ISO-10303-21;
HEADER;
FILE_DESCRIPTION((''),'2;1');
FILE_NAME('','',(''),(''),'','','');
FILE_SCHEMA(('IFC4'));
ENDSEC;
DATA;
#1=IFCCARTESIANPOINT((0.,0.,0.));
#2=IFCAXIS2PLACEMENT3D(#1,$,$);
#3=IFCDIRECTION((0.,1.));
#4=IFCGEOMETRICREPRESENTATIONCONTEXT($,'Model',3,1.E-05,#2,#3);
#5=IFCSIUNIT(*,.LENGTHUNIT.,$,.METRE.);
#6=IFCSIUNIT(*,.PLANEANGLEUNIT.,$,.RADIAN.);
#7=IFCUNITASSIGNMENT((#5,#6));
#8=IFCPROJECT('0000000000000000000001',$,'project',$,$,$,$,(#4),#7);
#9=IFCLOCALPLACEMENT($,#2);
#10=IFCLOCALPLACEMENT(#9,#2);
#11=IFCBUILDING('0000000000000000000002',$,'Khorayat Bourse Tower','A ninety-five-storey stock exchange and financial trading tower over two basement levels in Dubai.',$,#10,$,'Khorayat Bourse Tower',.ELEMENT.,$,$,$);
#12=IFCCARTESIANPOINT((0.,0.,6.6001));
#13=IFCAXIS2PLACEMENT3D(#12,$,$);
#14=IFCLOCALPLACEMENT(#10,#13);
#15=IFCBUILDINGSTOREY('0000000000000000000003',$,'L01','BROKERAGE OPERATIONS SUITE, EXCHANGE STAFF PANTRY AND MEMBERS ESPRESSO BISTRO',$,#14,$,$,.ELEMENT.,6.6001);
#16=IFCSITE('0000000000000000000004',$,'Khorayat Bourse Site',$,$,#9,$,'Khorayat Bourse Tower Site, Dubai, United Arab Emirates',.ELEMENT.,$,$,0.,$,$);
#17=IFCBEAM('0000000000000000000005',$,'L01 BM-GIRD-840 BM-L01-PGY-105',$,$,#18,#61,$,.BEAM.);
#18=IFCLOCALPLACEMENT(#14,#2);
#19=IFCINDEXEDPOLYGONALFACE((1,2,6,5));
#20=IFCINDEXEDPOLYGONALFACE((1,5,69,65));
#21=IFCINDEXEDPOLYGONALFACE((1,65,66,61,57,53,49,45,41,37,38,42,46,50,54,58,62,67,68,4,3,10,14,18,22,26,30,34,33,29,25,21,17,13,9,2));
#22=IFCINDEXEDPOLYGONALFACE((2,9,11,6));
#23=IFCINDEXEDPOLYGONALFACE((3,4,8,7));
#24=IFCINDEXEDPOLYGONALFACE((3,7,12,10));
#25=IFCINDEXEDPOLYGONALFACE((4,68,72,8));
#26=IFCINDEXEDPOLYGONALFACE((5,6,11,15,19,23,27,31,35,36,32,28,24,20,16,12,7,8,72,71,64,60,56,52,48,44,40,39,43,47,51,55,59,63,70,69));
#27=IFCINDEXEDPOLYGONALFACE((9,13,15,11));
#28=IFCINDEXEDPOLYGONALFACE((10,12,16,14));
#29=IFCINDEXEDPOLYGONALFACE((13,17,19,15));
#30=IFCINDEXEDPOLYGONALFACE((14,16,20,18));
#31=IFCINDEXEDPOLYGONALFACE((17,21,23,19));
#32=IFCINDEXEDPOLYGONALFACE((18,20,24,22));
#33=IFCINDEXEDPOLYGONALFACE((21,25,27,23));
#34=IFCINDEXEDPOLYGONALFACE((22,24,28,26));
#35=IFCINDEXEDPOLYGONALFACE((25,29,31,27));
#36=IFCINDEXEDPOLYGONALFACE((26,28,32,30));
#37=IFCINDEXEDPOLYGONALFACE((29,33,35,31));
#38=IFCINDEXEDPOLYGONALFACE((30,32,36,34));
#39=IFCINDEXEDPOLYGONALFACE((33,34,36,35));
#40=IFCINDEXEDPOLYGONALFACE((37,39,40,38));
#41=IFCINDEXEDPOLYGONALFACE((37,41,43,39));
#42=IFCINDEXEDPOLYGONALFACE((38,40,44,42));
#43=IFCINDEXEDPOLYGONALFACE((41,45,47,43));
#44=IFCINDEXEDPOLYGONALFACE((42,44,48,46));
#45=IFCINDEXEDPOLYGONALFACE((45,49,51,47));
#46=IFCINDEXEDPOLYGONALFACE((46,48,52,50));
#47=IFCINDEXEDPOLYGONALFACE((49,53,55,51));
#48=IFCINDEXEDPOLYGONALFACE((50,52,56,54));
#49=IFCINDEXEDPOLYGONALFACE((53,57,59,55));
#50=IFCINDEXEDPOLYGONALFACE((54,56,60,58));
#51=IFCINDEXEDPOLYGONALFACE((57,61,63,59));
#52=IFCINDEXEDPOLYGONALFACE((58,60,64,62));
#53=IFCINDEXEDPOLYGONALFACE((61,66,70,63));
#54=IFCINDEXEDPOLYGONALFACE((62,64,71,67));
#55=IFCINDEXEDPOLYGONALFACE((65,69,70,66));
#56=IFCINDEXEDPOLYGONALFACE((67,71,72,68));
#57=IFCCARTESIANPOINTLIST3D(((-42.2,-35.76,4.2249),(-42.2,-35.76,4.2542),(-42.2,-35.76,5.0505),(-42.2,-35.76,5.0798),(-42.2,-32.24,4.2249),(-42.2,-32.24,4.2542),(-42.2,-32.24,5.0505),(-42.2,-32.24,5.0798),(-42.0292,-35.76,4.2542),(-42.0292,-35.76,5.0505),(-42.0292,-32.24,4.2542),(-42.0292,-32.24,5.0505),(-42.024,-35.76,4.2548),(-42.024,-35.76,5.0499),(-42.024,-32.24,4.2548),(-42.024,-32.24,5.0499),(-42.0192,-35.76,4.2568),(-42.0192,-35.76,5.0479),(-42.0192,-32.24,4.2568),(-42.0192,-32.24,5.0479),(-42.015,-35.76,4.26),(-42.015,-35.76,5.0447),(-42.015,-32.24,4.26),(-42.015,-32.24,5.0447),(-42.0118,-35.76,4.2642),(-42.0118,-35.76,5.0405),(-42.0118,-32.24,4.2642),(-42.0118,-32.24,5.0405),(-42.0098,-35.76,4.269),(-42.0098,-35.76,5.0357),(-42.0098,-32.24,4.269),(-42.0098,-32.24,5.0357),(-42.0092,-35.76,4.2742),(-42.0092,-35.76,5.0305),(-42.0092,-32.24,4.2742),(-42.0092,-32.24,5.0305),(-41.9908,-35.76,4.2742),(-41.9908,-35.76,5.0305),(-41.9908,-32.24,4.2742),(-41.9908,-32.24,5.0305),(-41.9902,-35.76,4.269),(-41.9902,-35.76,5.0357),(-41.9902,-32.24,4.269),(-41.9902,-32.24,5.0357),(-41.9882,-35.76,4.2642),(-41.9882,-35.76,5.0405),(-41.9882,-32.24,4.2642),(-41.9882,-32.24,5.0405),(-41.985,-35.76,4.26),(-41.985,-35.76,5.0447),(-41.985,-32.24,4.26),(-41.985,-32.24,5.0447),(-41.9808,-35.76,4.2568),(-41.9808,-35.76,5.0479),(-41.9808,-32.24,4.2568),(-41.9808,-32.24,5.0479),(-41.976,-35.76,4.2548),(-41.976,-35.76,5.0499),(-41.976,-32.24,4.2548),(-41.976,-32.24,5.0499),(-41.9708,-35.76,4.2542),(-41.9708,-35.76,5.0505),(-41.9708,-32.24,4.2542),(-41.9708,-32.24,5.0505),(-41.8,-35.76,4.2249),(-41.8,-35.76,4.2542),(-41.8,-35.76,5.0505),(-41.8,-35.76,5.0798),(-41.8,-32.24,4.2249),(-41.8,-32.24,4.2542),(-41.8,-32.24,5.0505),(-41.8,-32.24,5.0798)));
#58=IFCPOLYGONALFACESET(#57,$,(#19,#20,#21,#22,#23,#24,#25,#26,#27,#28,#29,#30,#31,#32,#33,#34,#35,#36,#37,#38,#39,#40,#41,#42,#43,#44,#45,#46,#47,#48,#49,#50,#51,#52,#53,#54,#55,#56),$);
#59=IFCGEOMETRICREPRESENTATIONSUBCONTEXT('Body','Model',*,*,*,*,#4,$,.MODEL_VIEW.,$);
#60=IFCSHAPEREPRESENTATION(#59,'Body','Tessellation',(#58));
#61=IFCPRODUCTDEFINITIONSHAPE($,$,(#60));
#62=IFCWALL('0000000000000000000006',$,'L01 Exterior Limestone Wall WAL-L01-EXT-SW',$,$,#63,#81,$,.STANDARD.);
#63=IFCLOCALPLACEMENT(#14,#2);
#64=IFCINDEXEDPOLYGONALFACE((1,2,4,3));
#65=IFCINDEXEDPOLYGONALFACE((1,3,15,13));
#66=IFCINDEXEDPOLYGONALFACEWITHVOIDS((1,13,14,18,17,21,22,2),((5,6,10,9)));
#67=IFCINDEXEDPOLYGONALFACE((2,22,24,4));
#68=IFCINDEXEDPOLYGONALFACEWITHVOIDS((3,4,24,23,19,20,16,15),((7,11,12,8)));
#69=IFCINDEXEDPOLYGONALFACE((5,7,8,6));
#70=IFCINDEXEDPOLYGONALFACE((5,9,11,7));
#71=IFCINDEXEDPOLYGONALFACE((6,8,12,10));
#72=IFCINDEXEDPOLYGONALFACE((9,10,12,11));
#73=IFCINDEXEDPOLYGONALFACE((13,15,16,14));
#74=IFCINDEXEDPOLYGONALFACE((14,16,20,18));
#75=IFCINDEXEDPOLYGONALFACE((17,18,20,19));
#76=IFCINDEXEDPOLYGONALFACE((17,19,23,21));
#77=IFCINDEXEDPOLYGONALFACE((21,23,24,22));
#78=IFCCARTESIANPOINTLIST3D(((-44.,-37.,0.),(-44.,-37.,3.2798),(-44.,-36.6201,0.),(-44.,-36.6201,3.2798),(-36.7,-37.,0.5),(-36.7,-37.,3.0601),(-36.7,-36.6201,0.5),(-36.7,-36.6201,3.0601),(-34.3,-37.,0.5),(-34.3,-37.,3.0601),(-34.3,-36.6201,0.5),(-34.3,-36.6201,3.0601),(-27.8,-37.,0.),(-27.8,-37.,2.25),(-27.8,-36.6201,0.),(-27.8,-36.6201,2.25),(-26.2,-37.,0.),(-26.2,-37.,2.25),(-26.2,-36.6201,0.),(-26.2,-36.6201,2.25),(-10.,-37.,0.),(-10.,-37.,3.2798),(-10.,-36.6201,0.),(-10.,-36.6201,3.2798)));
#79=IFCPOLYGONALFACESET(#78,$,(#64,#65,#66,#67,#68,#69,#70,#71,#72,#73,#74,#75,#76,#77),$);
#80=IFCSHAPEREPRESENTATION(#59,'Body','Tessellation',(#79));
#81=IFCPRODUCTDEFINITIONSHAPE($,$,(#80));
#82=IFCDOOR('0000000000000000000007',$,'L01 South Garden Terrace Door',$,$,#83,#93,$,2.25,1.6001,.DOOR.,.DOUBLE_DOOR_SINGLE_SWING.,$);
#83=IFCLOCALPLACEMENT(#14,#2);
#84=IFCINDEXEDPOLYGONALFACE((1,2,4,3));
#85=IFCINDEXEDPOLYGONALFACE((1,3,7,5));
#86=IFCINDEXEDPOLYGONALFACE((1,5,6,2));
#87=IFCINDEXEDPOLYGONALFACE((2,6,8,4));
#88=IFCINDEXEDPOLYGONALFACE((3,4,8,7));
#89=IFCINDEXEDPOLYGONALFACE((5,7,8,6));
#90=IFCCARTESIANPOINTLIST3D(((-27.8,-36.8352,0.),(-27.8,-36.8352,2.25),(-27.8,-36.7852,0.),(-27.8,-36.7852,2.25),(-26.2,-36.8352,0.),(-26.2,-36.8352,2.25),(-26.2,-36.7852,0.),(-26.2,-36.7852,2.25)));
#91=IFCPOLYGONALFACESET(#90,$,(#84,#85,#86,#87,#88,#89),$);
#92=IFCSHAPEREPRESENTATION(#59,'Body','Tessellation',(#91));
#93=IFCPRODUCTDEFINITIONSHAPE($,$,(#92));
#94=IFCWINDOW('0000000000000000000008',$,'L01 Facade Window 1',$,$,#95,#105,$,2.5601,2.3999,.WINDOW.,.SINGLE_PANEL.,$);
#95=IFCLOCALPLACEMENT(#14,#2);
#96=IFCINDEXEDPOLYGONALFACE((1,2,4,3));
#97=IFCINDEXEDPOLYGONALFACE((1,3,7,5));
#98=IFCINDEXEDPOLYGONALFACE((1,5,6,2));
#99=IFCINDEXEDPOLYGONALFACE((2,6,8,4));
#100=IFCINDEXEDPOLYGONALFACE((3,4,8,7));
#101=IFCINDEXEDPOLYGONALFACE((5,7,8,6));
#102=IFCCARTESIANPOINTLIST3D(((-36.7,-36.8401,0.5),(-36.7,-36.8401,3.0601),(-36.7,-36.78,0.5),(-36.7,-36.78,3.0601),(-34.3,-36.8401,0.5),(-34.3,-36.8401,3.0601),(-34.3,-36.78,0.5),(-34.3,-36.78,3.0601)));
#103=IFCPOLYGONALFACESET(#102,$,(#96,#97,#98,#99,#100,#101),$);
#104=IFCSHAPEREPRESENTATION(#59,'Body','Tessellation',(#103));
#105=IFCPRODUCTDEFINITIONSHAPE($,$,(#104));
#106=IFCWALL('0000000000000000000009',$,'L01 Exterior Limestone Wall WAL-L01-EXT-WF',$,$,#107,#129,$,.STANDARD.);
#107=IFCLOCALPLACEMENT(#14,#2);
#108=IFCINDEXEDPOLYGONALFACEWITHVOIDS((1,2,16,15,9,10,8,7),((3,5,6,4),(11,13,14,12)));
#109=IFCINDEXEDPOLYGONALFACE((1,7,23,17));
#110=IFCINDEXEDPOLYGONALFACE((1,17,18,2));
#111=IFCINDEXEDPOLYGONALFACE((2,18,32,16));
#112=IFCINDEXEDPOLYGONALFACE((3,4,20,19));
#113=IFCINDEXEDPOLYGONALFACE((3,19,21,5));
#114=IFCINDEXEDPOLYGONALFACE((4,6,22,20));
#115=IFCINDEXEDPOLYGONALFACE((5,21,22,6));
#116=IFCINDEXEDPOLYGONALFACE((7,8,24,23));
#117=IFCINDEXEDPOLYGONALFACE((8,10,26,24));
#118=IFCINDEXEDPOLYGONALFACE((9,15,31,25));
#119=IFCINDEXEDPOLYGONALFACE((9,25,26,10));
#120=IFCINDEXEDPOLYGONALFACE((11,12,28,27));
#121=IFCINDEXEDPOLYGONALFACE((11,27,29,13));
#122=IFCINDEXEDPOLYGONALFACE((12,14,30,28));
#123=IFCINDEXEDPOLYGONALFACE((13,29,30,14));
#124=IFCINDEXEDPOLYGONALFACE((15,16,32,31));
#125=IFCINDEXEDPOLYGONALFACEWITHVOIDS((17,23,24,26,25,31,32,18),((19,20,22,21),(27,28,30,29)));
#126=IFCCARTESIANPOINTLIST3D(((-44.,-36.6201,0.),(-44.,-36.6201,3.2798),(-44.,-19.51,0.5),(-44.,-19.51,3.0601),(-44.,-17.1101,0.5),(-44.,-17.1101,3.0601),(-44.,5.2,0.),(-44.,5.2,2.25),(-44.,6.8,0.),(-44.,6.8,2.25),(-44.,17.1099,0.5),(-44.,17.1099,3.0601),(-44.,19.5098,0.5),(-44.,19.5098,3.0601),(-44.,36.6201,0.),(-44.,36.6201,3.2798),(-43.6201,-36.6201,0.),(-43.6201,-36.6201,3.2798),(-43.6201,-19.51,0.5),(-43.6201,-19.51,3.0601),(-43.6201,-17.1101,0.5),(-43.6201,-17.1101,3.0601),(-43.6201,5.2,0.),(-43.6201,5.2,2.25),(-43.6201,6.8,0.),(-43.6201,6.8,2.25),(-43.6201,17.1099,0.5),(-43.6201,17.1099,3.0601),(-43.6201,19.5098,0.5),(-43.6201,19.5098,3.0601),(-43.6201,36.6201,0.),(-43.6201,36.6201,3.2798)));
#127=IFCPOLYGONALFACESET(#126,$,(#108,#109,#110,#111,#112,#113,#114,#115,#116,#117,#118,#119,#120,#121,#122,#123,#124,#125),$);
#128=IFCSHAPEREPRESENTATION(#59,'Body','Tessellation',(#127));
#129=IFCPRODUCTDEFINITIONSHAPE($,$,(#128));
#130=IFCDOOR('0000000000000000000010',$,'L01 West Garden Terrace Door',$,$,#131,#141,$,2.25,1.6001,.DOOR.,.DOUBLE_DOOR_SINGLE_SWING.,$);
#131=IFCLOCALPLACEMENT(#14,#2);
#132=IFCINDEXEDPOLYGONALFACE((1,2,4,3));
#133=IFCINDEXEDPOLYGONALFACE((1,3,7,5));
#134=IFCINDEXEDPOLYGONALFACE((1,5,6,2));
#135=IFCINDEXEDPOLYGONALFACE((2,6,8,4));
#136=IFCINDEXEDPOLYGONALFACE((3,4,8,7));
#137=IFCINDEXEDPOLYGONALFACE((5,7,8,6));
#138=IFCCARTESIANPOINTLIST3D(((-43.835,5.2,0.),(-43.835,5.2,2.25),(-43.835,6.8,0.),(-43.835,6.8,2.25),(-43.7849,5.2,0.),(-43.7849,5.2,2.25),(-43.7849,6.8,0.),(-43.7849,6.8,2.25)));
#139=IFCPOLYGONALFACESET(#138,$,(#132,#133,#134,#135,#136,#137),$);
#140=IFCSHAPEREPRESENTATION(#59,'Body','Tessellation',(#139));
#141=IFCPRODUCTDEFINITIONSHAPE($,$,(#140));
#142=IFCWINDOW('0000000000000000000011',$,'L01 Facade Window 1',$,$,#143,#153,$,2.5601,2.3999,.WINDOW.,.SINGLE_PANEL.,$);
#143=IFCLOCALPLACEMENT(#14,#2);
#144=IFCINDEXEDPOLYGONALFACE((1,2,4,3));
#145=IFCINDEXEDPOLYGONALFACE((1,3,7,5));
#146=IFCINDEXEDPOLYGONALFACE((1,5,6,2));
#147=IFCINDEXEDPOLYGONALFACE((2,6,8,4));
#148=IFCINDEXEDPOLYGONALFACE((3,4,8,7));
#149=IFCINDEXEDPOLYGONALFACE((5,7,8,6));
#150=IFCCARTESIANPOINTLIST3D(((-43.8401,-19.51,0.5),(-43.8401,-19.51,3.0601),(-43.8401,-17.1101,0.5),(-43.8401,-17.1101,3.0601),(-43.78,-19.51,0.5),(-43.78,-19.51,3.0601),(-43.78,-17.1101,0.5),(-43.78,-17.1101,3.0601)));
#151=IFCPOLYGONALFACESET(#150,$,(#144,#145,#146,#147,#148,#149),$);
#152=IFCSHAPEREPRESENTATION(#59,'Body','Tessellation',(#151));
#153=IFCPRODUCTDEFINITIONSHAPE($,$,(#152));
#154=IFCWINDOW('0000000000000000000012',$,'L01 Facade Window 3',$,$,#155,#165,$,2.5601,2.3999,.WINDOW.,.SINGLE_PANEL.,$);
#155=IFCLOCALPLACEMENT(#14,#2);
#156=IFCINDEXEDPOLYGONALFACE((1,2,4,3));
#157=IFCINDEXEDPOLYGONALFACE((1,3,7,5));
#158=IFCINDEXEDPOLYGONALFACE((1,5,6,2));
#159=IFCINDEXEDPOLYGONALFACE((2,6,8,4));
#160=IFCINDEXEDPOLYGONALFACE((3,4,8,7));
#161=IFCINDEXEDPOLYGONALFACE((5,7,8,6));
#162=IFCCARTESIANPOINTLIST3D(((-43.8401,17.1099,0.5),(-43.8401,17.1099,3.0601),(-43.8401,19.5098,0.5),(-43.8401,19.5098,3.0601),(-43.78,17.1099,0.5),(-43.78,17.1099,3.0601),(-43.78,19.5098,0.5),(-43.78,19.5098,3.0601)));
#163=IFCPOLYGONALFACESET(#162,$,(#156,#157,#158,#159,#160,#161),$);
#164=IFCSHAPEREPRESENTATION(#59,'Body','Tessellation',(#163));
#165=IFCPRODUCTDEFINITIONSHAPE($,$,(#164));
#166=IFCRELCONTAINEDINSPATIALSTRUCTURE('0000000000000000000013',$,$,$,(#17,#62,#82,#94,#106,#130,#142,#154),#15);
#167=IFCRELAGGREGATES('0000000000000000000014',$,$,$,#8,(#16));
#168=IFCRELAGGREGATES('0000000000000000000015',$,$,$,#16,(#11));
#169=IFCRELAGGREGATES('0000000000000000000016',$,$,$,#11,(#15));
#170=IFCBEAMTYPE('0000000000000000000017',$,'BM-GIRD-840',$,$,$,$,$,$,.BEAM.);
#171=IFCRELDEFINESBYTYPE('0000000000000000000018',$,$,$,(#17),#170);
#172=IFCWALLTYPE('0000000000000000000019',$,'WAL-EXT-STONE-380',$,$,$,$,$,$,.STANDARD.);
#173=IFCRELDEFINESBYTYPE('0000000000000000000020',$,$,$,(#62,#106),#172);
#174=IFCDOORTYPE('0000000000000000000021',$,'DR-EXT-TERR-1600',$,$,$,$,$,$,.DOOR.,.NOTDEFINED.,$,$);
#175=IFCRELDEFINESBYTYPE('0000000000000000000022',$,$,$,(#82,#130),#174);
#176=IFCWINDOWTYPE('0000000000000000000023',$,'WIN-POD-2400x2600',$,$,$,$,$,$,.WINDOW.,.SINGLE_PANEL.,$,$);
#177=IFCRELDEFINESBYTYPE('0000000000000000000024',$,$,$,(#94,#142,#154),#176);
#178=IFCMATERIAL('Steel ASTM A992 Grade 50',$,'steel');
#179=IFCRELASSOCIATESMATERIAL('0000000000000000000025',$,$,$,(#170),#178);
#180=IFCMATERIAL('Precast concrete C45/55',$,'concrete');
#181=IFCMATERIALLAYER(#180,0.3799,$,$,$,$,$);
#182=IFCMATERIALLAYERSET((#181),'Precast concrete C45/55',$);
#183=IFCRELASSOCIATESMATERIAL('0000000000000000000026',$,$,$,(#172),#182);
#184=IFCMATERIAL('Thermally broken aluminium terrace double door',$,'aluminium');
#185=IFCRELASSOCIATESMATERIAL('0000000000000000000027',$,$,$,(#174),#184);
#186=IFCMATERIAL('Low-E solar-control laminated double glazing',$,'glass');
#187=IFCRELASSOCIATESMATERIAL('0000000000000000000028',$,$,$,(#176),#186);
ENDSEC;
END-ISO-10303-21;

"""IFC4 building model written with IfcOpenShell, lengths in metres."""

from ifc_helpers import new_model, si_unit, direction, frame, frame_2d, origin, origin_2d, place, context, subcontext, project, spatial, rectangle, i_section, extrude, source, transform, mapped, material, layer, layer_set, material_profile, profile_set, type_object, element, fill, save


model = new_model("IFC4")

# Units and contexts
model_context = context("Model", 3, precision=1e-05, world=origin(), true_north=direction((0.0, 1.0)))
body_context = subcontext(model_context, "Body", "Model", "MODEL_VIEW")
ifc_project = project(units=[si_unit("LENGTHUNIT", "METRE"), si_unit("PLANEANGLEUNIT", "RADIAN")], contexts=[model_context])

# Site, building, storey
site_placement = place(None, origin())
site = spatial("IfcSite", under=ifc_project, at=site_placement, Name="Khorayat Bourse Site", LongName="Khorayat Bourse Tower Site, Dubai, United Arab Emirates", CompositionType="ELEMENT", RefElevation=0.0)
building_placement = place(site_placement, origin())
building = spatial("IfcBuilding", under=site, at=building_placement, Name="Khorayat Bourse Tower", Description="A ninety-five-storey stock exchange and financial trading tower over two basement levels in Dubai.", LongName="Khorayat Bourse Tower", CompositionType="ELEMENT")
storey_placement = place(building_placement, frame((0.0, 0.0, 6.6001)))
storey = spatial("IfcBuildingStorey", under=building, at=storey_placement, Name="L01", Description="BROKERAGE OPERATIONS SUITE, EXCHANGE STAFF PANTRY AND MEMBERS ESPRESSO BISTRO", CompositionType="ELEMENT", Elevation=6.6001)

# Beam
ifc_material_1 = material(Name="Steel ASTM A992 Grade 50", Category="steel")
ifc_material_profile_1 = material_profile(ifc_material_1, i_section(OverallWidth=0.3999, OverallDepth=0.855, WebThickness=0.0183, FlangeThickness=0.0293, FilletRadius=0.02, at=origin_2d()), Name="W840X299")
ifc_profile_set_1 = profile_set([ifc_material_profile_1], Name="Steel ASTM A992 Grade 50")
beam_type_1 = type_object("IfcBeamType", Name="BM-GIRD-840", PredefinedType="BEAM", material=ifc_profile_set_1)
shared_shape_1 = source(origin(), body_context, "Body", "SweptSolid", [
    extrude(i_section(OverallWidth=0.3999, OverallDepth=0.855, WebThickness=0.0183, FlangeThickness=0.0293, FilletRadius=0.02, at=origin_2d()), origin(), (0.0, 0.0, 1.0), 3.52),
])
beam_1_placement = place(storey_placement, frame((-42.0, -35.76, 4.6523), z_axis=(0.0, 1.0, 0.0), x_axis=(-1.0, 0.0, 0.0)))
element("IfcBeam", 1, at=beam_1_placement, inside=storey, type_object=beam_type_1, Name="L01 BM-GIRD-840 BM-L01-PGY-105", PredefinedType="BEAM", context=body_context, shape_type="MappedRepresentation", body=[
    mapped(shared_shape_1, transform((0.0, 0.0, 0.0), scale=1.0)),
])

# Wall, openings, door, window
ifc_material_2 = material(Name="Precast concrete C45/55", Category="concrete")
ifc_layer_1 = layer(ifc_material_2, 0.3799)
ifc_layer_set_1 = layer_set([ifc_layer_1], Name="Precast concrete C45/55")
wall_type_1 = type_object("IfcWallType", Name="WAL-EXT-STONE-380", PredefinedType="STANDARD", material=ifc_layer_set_1)
shared_shape_2 = source(origin(), body_context, "Body", "SweptSolid", [
    extrude(rectangle(XDim=34.0, YDim=0.3799, at=frame_2d((17.0, 0.0))), origin(), (0.0, 0.0, 1.0), 3.2798),
])
wall_1_placement = place(storey_placement, frame((-44.0, -36.8101, 0.0), z_axis=(0.0, 0.0, 1.0), x_axis=(1.0, 0.0, 0.0)))
wall_1 = element("IfcWall", 2, at=wall_1_placement, inside=storey, type_object=wall_type_1, Name="L01 Exterior Limestone Wall WAL-L01-EXT-SW", PredefinedType="STANDARD", context=body_context, shape_type="MappedRepresentation", body=[
    mapped(shared_shape_2, transform((0.0, 0.0, 0.0), scale=1.0)),
])
shared_shape_3 = source(origin(), body_context, "Body", "SweptSolid", [
    extrude(rectangle(XDim=1.6001, YDim=2.25, at=frame_2d((0.8, 1.125))), frame((0.0, 0.2, 0.0), z_axis=(0.0, -1.0, 0.0), x_axis=(1.0, 0.0, 0.0)), (0.0, 0.0, 1.0), 0.3999),
])
opening_1_placement = place(wall_1_placement, frame((16.2, 0.0, 0.0)))
opening_1 = element("IfcOpeningElement", 3, at=opening_1_placement, cuts=wall_1, PredefinedType="OPENING", context=body_context, shape_type="MappedRepresentation", body=[
    mapped(shared_shape_3, transform((0.0, 0.0, 0.0), scale=1.0)),
])
shared_shape_4 = source(origin(), body_context, "Body", "SweptSolid", [
    extrude(rectangle(XDim=2.3999, YDim=2.5601, at=frame_2d((1.2, 1.28))), frame((0.0, 0.2, 0.0), z_axis=(0.0, -1.0, 0.0), x_axis=(1.0, 0.0, 0.0)), (0.0, 0.0, 1.0), 0.3999),
])
opening_2_placement = place(wall_1_placement, frame((7.3, 0.0, 0.5)))
opening_2 = element("IfcOpeningElement", 4, at=opening_2_placement, cuts=wall_1, PredefinedType="OPENING", context=body_context, shape_type="MappedRepresentation", body=[
    mapped(shared_shape_4, transform((0.0, 0.0, 0.0), scale=1.0)),
])
ifc_material_3 = material(Name="Thermally broken aluminium terrace double door", Category="aluminium")
door_type_1 = type_object("IfcDoorType", Name="DR-EXT-TERR-1600", OperationType="NOTDEFINED", PredefinedType="DOOR", material=ifc_material_3)
shared_shape_5 = source(origin(), body_context, "Body", "SweptSolid", [
    extrude(rectangle(XDim=1.6001, YDim=2.25, at=frame_2d((0.8, 1.125))), frame((0.0, 0.0249, 0.0), z_axis=(0.0, -1.0, 0.0), x_axis=(1.0, 0.0, 0.0)), (0.0, 0.0, 1.0), 0.05),
])
door_1_placement = place(opening_1_placement, origin())
door_1 = element("IfcDoor", 5, at=door_1_placement, inside=storey, type_object=door_type_1, Name="L01 South Garden Terrace Door", OperationType="DOUBLE_DOOR_SINGLE_SWING", OverallHeight=2.25, OverallWidth=1.6001, PredefinedType="DOOR", context=body_context, shape_type="MappedRepresentation", body=[
    mapped(shared_shape_5, transform((0.0, 0.0, 0.0), scale=1.0)),
])
fill(opening_1, door_1)
ifc_material_4 = material(Name="Low-E solar-control laminated double glazing", Category="glass")
window_type = type_object("IfcWindowType", Name="WIN-POD-2400x2600", PartitioningType="SINGLE_PANEL", PredefinedType="WINDOW", material=ifc_material_4)
shared_shape_6 = source(origin(), body_context, "Body", "SweptSolid", [
    extrude(rectangle(XDim=2.3999, YDim=2.5601, at=frame_2d((1.2, 1.28))), frame((0.0, 0.03, 0.0), z_axis=(0.0, -1.0, 0.0), x_axis=(1.0, 0.0, 0.0)), (0.0, 0.0, 1.0), 0.0601),
])
window_1_placement = place(opening_2_placement, origin())
window_1 = element("IfcWindow", 6, at=window_1_placement, inside=storey, type_object=window_type, Name="L01 Facade Window 1", OverallHeight=2.5601, OverallWidth=2.3999, PartitioningType="SINGLE_PANEL", PredefinedType="WINDOW", context=body_context, shape_type="MappedRepresentation", body=[
    mapped(shared_shape_6, transform((0.0, 0.0, 0.0), scale=1.0)),
])
fill(opening_2, window_1)

# Wall, openings, door, windows
shared_shape_7 = source(origin(), body_context, "Body", "SweptSolid", [
    extrude(rectangle(XDim=73.2402, YDim=0.3799, at=frame_2d((36.6201, 0.0))), origin(), (0.0, 0.0, 1.0), 3.2798),
])
wall_2_placement = place(storey_placement, frame((-43.8101, -36.6201, 0.0), z_axis=(0.0, 0.0, 1.0), x_axis=(0.0, 1.0, 0.0)))
wall_2 = element("IfcWall", 7, at=wall_2_placement, inside=storey, type_object=wall_type_1, Name="L01 Exterior Limestone Wall WAL-L01-EXT-WF", PredefinedType="STANDARD", context=body_context, shape_type="MappedRepresentation", body=[
    mapped(shared_shape_7, transform((0.0, 0.0, 0.0), scale=1.0)),
])
opening_3_placement = place(wall_2_placement, frame((41.8201, 0.0, 0.0)))
opening_3 = element("IfcOpeningElement", 8, at=opening_3_placement, cuts=wall_2, PredefinedType="OPENING", context=body_context, shape_type="MappedRepresentation", body=[
    mapped(shared_shape_3, transform((0.0, 0.0, 0.0), scale=1.0)),
])
opening_4_placement = place(wall_2_placement, frame((17.1101, 0.0, 0.5)))
opening_4 = element("IfcOpeningElement", 9, at=opening_4_placement, cuts=wall_2, PredefinedType="OPENING", context=body_context, shape_type="MappedRepresentation", body=[
    mapped(shared_shape_4, transform((0.0, 0.0, 0.0), scale=1.0)),
])
opening_5_placement = place(wall_2_placement, frame((53.73, 0.0, 0.5)))
opening_5 = element("IfcOpeningElement", 10, at=opening_5_placement, cuts=wall_2, PredefinedType="OPENING", context=body_context, shape_type="MappedRepresentation", body=[
    mapped(shared_shape_4, transform((0.0, 0.0, 0.0), scale=1.0)),
])
door_2_placement = place(opening_3_placement, origin())
door_2 = element("IfcDoor", 11, at=door_2_placement, inside=storey, type_object=door_type_1, Name="L01 West Garden Terrace Door", OperationType="DOUBLE_DOOR_SINGLE_SWING", OverallHeight=2.25, OverallWidth=1.6001, PredefinedType="DOOR", context=body_context, shape_type="MappedRepresentation", body=[
    mapped(shared_shape_5, transform((0.0, 0.0, 0.0), scale=1.0)),
])
fill(opening_3, door_2)
window_2_placement = place(opening_4_placement, origin())
window_2 = element("IfcWindow", 12, at=window_2_placement, inside=storey, type_object=window_type, Name="L01 Facade Window 1", OverallHeight=2.5601, OverallWidth=2.3999, PartitioningType="SINGLE_PANEL", PredefinedType="WINDOW", context=body_context, shape_type="MappedRepresentation", body=[
    mapped(shared_shape_6, transform((0.0, 0.0, 0.0), scale=1.0)),
])
fill(opening_4, window_2)
window_3_placement = place(opening_5_placement, origin())
window_3 = element("IfcWindow", 13, at=window_3_placement, inside=storey, type_object=window_type, Name="L01 Facade Window 3", OverallHeight=2.5601, OverallWidth=2.3999, PartitioningType="SINGLE_PANEL", PredefinedType="WINDOW", context=body_context, shape_type="MappedRepresentation", body=[
    mapped(shared_shape_6, transform((0.0, 0.0, 0.0), scale=1.0)),
])
fill(opening_5, window_3)

save(model, "model.ifc")
